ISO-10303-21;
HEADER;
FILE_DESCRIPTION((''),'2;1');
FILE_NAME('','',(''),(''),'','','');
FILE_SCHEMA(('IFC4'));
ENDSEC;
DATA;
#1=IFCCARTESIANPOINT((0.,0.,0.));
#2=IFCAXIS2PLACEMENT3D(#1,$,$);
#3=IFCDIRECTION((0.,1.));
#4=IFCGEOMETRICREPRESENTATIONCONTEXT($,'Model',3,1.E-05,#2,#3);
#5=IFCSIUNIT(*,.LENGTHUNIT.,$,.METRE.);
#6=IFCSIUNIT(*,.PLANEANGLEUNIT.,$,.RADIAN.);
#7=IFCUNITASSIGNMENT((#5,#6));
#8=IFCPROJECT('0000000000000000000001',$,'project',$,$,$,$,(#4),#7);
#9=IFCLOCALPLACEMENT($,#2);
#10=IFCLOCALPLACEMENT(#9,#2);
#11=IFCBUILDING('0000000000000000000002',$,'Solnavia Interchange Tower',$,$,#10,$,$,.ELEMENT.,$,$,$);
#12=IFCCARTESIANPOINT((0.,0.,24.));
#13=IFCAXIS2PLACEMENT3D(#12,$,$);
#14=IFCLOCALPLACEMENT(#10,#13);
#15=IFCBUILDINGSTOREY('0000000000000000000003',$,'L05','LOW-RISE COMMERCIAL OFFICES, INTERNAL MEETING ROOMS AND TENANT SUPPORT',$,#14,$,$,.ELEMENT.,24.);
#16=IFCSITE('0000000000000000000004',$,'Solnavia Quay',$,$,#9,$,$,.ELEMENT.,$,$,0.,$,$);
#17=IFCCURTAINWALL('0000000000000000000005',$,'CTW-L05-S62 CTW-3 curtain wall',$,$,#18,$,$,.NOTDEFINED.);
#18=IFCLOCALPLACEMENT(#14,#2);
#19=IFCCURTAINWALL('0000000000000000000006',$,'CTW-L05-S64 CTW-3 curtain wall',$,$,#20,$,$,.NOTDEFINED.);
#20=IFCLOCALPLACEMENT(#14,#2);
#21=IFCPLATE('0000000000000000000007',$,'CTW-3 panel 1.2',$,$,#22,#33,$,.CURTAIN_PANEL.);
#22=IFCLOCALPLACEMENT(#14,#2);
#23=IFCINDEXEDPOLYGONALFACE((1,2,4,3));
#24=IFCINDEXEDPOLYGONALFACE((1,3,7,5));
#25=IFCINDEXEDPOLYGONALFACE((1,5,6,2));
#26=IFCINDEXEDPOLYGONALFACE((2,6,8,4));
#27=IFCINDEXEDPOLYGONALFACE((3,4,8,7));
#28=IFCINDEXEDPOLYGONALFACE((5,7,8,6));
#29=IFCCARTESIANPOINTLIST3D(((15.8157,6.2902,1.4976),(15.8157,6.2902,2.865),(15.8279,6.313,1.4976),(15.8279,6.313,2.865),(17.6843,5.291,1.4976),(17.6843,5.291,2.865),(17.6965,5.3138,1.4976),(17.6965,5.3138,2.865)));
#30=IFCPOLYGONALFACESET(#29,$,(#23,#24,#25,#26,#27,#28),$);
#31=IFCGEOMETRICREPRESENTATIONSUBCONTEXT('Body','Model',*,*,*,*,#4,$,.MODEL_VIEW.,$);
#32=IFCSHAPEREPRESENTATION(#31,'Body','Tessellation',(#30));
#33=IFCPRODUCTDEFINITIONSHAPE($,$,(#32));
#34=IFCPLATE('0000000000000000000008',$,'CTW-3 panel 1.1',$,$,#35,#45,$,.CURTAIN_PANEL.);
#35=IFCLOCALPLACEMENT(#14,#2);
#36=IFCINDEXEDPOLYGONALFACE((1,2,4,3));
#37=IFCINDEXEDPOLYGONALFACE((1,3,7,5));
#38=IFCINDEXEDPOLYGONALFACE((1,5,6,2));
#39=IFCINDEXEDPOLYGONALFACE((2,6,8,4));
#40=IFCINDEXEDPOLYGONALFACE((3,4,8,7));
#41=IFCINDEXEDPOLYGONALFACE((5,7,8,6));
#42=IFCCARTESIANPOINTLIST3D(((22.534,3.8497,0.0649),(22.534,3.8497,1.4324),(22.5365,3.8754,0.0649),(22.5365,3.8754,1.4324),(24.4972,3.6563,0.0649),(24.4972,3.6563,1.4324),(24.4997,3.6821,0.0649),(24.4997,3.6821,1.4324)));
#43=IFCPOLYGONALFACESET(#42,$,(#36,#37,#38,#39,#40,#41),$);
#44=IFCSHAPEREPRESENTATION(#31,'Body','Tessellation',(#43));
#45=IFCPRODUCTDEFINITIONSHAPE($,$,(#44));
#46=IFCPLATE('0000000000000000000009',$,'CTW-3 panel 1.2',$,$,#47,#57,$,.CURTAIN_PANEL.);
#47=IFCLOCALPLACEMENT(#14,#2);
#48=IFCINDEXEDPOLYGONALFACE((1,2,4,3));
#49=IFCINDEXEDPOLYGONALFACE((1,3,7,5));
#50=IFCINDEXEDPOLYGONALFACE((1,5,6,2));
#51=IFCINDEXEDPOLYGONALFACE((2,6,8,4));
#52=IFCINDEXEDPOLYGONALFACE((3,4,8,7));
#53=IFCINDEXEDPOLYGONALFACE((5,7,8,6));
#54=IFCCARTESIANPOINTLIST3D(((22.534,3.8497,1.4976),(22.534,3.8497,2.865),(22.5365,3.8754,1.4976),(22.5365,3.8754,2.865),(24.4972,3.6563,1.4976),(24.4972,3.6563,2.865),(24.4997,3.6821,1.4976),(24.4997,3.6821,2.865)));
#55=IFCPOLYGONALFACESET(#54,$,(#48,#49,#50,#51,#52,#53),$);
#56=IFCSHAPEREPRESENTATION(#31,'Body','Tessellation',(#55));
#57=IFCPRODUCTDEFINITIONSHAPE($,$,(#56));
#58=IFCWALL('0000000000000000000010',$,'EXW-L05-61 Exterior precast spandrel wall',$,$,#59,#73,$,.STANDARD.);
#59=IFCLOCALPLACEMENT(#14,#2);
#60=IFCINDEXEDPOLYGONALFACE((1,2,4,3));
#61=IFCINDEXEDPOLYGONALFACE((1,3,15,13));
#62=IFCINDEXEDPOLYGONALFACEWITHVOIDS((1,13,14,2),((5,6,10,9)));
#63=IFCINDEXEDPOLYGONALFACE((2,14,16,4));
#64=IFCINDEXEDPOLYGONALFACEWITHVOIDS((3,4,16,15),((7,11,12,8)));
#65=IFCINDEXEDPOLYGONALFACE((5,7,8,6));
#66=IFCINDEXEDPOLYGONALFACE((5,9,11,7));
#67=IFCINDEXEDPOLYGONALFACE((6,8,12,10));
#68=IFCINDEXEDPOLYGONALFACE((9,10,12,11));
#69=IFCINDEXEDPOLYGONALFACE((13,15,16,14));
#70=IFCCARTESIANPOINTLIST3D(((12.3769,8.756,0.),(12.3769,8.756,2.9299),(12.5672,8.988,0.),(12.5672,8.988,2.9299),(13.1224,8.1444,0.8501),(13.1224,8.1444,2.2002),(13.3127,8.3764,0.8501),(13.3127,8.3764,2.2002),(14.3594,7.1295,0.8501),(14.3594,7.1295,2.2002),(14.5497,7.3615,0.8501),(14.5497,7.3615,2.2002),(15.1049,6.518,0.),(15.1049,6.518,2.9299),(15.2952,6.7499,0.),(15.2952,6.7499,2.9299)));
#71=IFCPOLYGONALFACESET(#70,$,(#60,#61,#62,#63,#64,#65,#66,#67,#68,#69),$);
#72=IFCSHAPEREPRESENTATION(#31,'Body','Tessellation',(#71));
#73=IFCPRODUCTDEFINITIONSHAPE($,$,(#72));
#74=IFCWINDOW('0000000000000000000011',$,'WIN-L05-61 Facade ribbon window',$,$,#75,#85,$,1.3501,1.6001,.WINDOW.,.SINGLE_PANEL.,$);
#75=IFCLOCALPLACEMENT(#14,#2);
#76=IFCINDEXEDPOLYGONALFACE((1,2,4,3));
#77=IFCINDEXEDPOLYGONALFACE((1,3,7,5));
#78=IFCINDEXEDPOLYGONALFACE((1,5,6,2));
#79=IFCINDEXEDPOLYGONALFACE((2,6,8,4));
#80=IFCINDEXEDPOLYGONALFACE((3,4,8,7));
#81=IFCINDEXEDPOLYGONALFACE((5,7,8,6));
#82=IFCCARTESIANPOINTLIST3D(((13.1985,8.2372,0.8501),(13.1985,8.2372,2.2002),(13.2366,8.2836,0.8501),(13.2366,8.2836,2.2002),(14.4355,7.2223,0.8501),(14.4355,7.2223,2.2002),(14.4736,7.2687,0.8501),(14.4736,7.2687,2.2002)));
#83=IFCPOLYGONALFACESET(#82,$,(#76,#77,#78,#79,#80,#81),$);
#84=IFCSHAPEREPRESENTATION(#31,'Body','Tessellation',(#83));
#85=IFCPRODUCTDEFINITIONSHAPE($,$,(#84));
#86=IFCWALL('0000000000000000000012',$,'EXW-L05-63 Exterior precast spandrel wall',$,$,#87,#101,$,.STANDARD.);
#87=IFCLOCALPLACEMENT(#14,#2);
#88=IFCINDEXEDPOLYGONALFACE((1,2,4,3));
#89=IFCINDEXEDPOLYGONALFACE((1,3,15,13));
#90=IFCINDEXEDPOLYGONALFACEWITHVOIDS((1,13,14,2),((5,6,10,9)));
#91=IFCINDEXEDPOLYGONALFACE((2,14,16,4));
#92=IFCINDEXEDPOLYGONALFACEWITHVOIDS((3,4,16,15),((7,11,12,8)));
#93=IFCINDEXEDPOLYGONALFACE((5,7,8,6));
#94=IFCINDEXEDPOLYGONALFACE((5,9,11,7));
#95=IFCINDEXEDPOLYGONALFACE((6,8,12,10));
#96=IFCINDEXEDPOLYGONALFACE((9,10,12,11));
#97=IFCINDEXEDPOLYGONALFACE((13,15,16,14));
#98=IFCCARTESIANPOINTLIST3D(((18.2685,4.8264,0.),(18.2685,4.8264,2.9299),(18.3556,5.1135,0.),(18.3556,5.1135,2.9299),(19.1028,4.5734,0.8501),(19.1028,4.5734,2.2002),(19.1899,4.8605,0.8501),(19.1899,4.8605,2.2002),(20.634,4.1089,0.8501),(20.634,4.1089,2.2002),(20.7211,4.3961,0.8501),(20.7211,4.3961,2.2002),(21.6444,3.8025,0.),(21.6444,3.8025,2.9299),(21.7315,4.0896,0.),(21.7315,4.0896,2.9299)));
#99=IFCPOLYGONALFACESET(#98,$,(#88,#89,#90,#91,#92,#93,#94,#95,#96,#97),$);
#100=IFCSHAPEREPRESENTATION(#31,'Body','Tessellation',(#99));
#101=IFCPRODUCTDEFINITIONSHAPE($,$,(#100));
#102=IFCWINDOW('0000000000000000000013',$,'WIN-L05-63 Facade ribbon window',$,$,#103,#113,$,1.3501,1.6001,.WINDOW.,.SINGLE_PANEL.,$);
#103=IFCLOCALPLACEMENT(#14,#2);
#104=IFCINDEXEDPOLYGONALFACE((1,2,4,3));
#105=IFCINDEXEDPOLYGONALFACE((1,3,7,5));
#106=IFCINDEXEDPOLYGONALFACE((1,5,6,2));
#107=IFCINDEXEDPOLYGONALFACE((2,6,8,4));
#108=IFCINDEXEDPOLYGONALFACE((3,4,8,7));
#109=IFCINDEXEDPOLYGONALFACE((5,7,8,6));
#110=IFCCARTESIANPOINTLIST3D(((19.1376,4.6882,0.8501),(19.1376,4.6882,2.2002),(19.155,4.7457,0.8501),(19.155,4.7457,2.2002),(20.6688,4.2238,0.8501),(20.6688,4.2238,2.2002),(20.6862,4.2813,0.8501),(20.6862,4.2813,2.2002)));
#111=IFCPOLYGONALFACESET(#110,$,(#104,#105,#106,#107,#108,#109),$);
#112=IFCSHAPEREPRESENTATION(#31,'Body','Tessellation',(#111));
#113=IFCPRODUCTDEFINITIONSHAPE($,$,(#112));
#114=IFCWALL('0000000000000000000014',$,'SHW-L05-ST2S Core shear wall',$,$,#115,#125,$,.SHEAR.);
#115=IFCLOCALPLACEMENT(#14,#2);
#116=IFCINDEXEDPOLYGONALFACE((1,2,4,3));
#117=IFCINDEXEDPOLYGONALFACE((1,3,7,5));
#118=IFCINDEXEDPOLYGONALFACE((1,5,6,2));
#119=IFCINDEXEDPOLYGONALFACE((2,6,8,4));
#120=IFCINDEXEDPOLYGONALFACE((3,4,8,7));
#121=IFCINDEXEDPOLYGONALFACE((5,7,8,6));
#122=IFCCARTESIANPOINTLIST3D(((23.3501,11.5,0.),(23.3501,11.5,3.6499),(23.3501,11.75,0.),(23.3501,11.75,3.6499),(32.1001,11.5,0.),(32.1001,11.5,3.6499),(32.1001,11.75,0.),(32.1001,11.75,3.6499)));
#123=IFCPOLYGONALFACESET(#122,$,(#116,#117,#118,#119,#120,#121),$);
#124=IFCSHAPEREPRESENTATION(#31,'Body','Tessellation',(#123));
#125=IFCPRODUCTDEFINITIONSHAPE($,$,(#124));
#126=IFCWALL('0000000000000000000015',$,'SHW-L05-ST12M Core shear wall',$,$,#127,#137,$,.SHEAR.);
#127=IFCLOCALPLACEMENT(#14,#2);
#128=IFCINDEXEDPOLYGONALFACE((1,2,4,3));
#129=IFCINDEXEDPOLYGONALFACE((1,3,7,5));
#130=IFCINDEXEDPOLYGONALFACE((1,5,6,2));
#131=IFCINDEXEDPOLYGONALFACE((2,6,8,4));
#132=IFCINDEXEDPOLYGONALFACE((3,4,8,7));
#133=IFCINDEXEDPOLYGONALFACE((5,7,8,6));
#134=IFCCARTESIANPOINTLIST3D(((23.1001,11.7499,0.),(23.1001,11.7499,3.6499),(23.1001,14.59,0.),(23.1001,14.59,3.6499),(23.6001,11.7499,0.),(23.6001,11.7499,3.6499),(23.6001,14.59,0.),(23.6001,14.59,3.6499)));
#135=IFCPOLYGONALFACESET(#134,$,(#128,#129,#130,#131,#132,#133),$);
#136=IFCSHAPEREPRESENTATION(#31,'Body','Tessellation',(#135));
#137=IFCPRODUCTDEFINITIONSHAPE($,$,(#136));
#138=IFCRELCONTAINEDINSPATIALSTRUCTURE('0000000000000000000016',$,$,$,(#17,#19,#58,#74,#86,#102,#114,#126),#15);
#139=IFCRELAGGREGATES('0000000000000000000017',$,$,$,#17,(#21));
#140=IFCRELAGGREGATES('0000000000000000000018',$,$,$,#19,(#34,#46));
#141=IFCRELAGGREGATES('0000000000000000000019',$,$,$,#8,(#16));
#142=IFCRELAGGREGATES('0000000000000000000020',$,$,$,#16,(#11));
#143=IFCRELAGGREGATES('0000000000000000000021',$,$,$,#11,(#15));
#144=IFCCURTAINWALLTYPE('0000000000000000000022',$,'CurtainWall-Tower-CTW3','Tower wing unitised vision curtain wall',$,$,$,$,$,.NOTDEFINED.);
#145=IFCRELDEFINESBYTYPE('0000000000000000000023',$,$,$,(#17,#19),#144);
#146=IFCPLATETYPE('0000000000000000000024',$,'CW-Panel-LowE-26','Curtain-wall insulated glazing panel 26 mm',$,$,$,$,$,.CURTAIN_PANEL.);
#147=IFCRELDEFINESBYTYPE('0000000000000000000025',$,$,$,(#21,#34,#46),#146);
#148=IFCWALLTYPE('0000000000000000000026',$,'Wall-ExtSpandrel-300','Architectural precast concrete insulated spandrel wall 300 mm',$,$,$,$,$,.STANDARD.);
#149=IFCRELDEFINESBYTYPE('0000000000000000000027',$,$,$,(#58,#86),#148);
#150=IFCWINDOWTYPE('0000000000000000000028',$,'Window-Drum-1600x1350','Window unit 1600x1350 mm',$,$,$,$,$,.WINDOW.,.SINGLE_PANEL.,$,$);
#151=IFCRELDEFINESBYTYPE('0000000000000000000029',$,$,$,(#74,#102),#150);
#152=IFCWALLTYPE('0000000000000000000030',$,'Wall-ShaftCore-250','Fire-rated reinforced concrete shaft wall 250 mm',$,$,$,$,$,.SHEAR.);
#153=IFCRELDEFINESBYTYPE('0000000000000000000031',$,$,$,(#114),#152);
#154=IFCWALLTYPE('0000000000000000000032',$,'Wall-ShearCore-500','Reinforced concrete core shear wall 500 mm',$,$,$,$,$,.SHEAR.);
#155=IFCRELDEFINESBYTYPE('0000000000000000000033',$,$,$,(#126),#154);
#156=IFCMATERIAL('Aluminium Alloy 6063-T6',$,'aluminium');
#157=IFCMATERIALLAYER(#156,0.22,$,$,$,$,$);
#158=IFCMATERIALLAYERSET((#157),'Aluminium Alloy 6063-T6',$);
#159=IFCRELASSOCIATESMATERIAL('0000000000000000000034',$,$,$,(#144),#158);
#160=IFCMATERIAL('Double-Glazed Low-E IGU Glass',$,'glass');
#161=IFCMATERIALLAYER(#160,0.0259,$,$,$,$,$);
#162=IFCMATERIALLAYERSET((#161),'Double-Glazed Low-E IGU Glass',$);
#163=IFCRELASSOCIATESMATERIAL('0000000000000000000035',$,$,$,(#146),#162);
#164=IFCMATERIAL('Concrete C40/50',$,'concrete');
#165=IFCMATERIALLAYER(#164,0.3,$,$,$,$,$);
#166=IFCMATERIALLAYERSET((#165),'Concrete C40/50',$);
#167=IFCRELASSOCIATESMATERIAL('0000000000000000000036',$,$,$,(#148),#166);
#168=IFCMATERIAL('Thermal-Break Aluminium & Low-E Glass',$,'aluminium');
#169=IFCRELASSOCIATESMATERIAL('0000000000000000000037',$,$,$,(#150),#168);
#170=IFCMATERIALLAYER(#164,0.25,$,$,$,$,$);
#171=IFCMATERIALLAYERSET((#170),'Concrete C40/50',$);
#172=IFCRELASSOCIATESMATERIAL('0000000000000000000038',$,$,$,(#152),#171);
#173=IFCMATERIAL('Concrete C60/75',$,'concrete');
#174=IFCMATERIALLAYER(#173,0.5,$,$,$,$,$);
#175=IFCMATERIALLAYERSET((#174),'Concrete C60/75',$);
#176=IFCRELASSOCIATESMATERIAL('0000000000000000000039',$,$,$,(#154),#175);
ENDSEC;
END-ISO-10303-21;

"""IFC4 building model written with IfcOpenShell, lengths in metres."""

from ifc_helpers import new_model, si_unit, direction, frame, frame_2d, origin, origin_2d, place, context, subcontext, project, spatial, rectangle, extrude, material, layer, layer_set, type_object, element, fill, aggregate, save


model = new_model("IFC4")

# Units and contexts
model_context = context("Model", 3, precision=1e-05, world=origin(), true_north=direction((0.0, 1.0)))
body_context = subcontext(model_context, "Body", "Model", "MODEL_VIEW")
ifc_project = project(units=[si_unit("LENGTHUNIT", "METRE"), si_unit("PLANEANGLEUNIT", "RADIAN")], contexts=[model_context])

# Site, building, storey
site_placement = place(None, origin())
site = spatial("IfcSite", under=ifc_project, at=site_placement, Name="Solnavia Quay", CompositionType="ELEMENT", RefElevation=0.0)
building_placement = place(site_placement, origin())
building = spatial("IfcBuilding", under=site, at=building_placement, Name="Solnavia Interchange Tower", CompositionType="ELEMENT")
storey_placement = place(building_placement, frame((0.0, 0.0, 24.0)))
storey = spatial("IfcBuildingStorey", under=building, at=storey_placement, Name="L05", Description="LOW-RISE COMMERCIAL OFFICES, INTERNAL MEETING ROOMS AND TENANT SUPPORT", CompositionType="ELEMENT", Elevation=24.0)

# Shared definitions
ifc_material_1 = material(Name="Concrete C60/75", Category="concrete")

# Curtain walls
ifc_material_2 = material(Name="Aluminium Alloy 6063-T6", Category="aluminium")
ifc_layer_1 = layer(ifc_material_2, 0.22)
ifc_layer_set_1 = layer_set([ifc_layer_1], Name="Aluminium Alloy 6063-T6")
curtain_wall_type = type_object("IfcCurtainWallType", Name="CurtainWall-Tower-CTW3", Description="Tower wing unitised vision curtain wall", PredefinedType="NOTDEFINED", material=ifc_layer_set_1)
curtain_wall_1_placement = place(storey_placement, origin())
curtain_wall_1 = element("IfcCurtainWall", 1, at=curtain_wall_1_placement, inside=storey, type_object=curtain_wall_type, Name="CTW-L05-S62 CTW-3 curtain wall", PredefinedType="NOTDEFINED")
curtain_wall_2_placement = place(storey_placement, origin())
curtain_wall_2 = element("IfcCurtainWall", 2, at=curtain_wall_2_placement, inside=storey, type_object=curtain_wall_type, Name="CTW-L05-S64 CTW-3 curtain wall", PredefinedType="NOTDEFINED")

# Plates
ifc_material_3 = material(Name="Double-Glazed Low-E IGU Glass", Category="glass")
ifc_layer_2 = layer(ifc_material_3, 0.0259)
ifc_layer_set_2 = layer_set([ifc_layer_2], Name="Double-Glazed Low-E IGU Glass")
plate_type = type_object("IfcPlateType", Name="CW-Panel-LowE-26", Description="Curtain-wall insulated glazing panel 26 mm", PredefinedType="CURTAIN_PANEL", material=ifc_layer_set_2)
plate_1_placement = place(storey_placement, frame((16.7561, 5.802, 1.4976), z_axis=(0.0, 0.0, 1.0), x_axis=(0.881838, -0.471553, 0.0)))
plate_1 = element("IfcPlate", 3, at=plate_1_placement, type_object=plate_type, Name="CTW-3 panel 1.2", PredefinedType="CURTAIN_PANEL", context=body_context, shape_type="SweptSolid", body=[
    extrude(rectangle(XDim=2.1189, YDim=0.0259, at=origin_2d()), origin(), (0.0, 0.0, 1.0), 1.3674),
])
aggregate(curtain_wall_1, [plate_1])
plate_2_placement = place(storey_placement, frame((23.5168, 3.7659, 0.0649), z_axis=(0.0, 0.0, 1.0), x_axis=(0.995184, -0.098027, 0.0)))
plate_2 = element("IfcPlate", 4, at=plate_2_placement, type_object=plate_type, Name="CTW-3 panel 1.1", PredefinedType="CURTAIN_PANEL", context=body_context, shape_type="SweptSolid", body=[
    extrude(rectangle(XDim=1.9727, YDim=0.0259, at=origin_2d()), origin(), (0.0, 0.0, 1.0), 1.3674),
])
plate_3_placement = place(storey_placement, frame((23.5168, 3.7659, 1.4976), z_axis=(0.0, 0.0, 1.0), x_axis=(0.995184, -0.098027, 0.0)))
plate_3 = element("IfcPlate", 5, at=plate_3_placement, type_object=plate_type, Name="CTW-3 panel 1.2", PredefinedType="CURTAIN_PANEL", context=body_context, shape_type="SweptSolid", body=[
    extrude(rectangle(XDim=1.9727, YDim=0.0259, at=origin_2d()), origin(), (0.0, 0.0, 1.0), 1.3674),
])
aggregate(curtain_wall_2, [plate_2, plate_3])

# Walls, openings, windows
ifc_material_4 = material(Name="Concrete C40/50", Category="concrete")
ifc_layer_3 = layer(ifc_material_4, 0.3)
ifc_layer_set_3 = layer_set([ifc_layer_3], Name="Concrete C40/50")
wall_type_1 = type_object("IfcWallType", Name="Wall-ExtSpandrel-300", Description="Architectural precast concrete insulated spandrel wall 300 mm", PredefinedType="STANDARD", material=ifc_layer_set_3)
wall_1_placement = place(storey_placement, frame((15.2, 6.634, 0.0), z_axis=(0.0, 0.0, 1.0), x_axis=(-0.773121, 0.634258, 0.0)))
wall_1 = element("IfcWall", 6, at=wall_1_placement, inside=storey, type_object=wall_type_1, Name="EXW-L05-61 Exterior precast spandrel wall", PredefinedType="STANDARD", context=body_context, shape_type="SweptSolid", body=[
    extrude(rectangle(XDim=3.5286, YDim=0.3, at=frame_2d((1.7642, 0.0))), origin(), (0.0, 0.0, 1.0), 2.9299),
])
opening_1_placement = place(wall_1_placement, frame((0.9641, 0.0, 0.8501)))
opening_1 = element("IfcOpeningElement", 7, at=opening_1_placement, cuts=wall_1, PredefinedType="OPENING", context=body_context, shape_type="SweptSolid", body=[
    extrude(rectangle(XDim=1.6001, YDim=1.3501, at=frame_2d((0.8, 0.675))), frame((0.0, 0.1602, 0.0), z_axis=(0.0, -1.0, 0.0), x_axis=(1.0, 0.0, 0.0)), (0.0, 0.0, 1.0), 0.3201),
])
ifc_material_5 = material(Name="Thermal-Break Aluminium & Low-E Glass", Category="aluminium")
window_type = type_object("IfcWindowType", Name="Window-Drum-1600x1350", Description="Window unit 1600x1350 mm", PartitioningType="SINGLE_PANEL", PredefinedType="WINDOW", material=ifc_material_5)
window_1_placement = place(opening_1_placement, origin())
window_1 = element("IfcWindow", 8, at=window_1_placement, inside=storey, type_object=window_type, Name="WIN-L05-61 Facade ribbon window", OverallHeight=1.3501, OverallWidth=1.6001, PartitioningType="SINGLE_PANEL", PredefinedType="WINDOW", context=body_context, shape_type="SweptSolid", body=[
    extrude(rectangle(XDim=1.6001, YDim=1.3501, at=frame_2d((0.8, 0.675))), frame((0.0, 0.03, 0.0), z_axis=(0.0, -1.0, 0.0), x_axis=(1.0, 0.0, 0.0)), (0.0, 0.0, 1.0), 0.0601),
])
fill(opening_1, window_1)
wall_2_placement = place(storey_placement, frame((21.688, 3.946, 0.0), z_axis=(0.0, 0.0, 1.0), x_axis=(-0.956953, 0.290242, 0.0)))
wall_2 = element("IfcWall", 9, at=wall_2_placement, inside=storey, type_object=wall_type_1, Name="EXW-L05-63 Exterior precast spandrel wall", PredefinedType="STANDARD", context=body_context, shape_type="SweptSolid", body=[
    extrude(rectangle(XDim=3.5278, YDim=0.3, at=frame_2d((1.7639, 0.0))), origin(), (0.0, 0.0, 1.0), 2.9299),
])
opening_2_placement = place(wall_2_placement, frame((1.0559, 0.0, 0.8501)))
opening_2 = element("IfcOpeningElement", 10, at=opening_2_placement, cuts=wall_2, PredefinedType="OPENING", context=body_context, shape_type="SweptSolid", body=[
    extrude(rectangle(XDim=1.6001, YDim=1.3501, at=frame_2d((0.8, 0.675))), frame((0.0, 0.1602, 0.0), z_axis=(0.0, -1.0, 0.0), x_axis=(1.0, 0.0, 0.0)), (0.0, 0.0, 1.0), 0.3201),
])
window_2_placement = place(opening_2_placement, origin())
window_2 = element("IfcWindow", 11, at=window_2_placement, inside=storey, type_object=window_type, Name="WIN-L05-63 Facade ribbon window", OverallHeight=1.3501, OverallWidth=1.6001, PartitioningType="SINGLE_PANEL", PredefinedType="WINDOW", context=body_context, shape_type="SweptSolid", body=[
    extrude(rectangle(XDim=1.6001, YDim=1.3501, at=frame_2d((0.8, 0.675))), frame((0.0, 0.03, 0.0), z_axis=(0.0, -1.0, 0.0), x_axis=(1.0, 0.0, 0.0)), (0.0, 0.0, 1.0), 0.0601),
])
fill(opening_2, window_2)

# Walls
ifc_layer_4 = layer(ifc_material_4, 0.25)
ifc_layer_set_4 = layer_set([ifc_layer_4], Name="Concrete C40/50")
wall_type_2 = type_object("IfcWallType", Name="Wall-ShaftCore-250", Description="Fire-rated reinforced concrete shaft wall 250 mm", PredefinedType="SHEAR", material=ifc_layer_set_4)
wall_3_placement = place(storey_placement, frame((23.3501, 11.625, 0.0), z_axis=(0.0, 0.0, 1.0), x_axis=(1.0, 0.0, 0.0)))
element("IfcWall", 12, at=wall_3_placement, inside=storey, type_object=wall_type_2, Name="SHW-L05-ST2S Core shear wall", PredefinedType="SHEAR", context=body_context, shape_type="SweptSolid", body=[
    extrude(rectangle(XDim=8.75, YDim=0.25, at=frame_2d((4.375, 0.0))), origin(), (0.0, 0.0, 1.0), 3.6499),
])
ifc_layer_5 = layer(ifc_material_1, 0.5)
ifc_layer_set_5 = layer_set([ifc_layer_5], Name="Concrete C60/75")
wall_type_3 = type_object("IfcWallType", Name="Wall-ShearCore-500", Description="Reinforced concrete core shear wall 500 mm", PredefinedType="SHEAR", material=ifc_layer_set_5)
wall_4_placement = place(storey_placement, frame((23.3501, 11.75, 0.0), z_axis=(0.0, 0.0, 1.0), x_axis=(0.0, 1.0, 0.0)))
element("IfcWall", 13, at=wall_4_placement, inside=storey, type_object=wall_type_3, Name="SHW-L05-ST12M Core shear wall", PredefinedType="SHEAR", context=body_context, shape_type="SweptSolid", body=[
    extrude(rectangle(XDim=2.8401, YDim=0.5, at=frame_2d((1.4199, 0.0))), origin(), (0.0, 0.0, 1.0), 3.6499),
])

save(model, "model.ifc")
